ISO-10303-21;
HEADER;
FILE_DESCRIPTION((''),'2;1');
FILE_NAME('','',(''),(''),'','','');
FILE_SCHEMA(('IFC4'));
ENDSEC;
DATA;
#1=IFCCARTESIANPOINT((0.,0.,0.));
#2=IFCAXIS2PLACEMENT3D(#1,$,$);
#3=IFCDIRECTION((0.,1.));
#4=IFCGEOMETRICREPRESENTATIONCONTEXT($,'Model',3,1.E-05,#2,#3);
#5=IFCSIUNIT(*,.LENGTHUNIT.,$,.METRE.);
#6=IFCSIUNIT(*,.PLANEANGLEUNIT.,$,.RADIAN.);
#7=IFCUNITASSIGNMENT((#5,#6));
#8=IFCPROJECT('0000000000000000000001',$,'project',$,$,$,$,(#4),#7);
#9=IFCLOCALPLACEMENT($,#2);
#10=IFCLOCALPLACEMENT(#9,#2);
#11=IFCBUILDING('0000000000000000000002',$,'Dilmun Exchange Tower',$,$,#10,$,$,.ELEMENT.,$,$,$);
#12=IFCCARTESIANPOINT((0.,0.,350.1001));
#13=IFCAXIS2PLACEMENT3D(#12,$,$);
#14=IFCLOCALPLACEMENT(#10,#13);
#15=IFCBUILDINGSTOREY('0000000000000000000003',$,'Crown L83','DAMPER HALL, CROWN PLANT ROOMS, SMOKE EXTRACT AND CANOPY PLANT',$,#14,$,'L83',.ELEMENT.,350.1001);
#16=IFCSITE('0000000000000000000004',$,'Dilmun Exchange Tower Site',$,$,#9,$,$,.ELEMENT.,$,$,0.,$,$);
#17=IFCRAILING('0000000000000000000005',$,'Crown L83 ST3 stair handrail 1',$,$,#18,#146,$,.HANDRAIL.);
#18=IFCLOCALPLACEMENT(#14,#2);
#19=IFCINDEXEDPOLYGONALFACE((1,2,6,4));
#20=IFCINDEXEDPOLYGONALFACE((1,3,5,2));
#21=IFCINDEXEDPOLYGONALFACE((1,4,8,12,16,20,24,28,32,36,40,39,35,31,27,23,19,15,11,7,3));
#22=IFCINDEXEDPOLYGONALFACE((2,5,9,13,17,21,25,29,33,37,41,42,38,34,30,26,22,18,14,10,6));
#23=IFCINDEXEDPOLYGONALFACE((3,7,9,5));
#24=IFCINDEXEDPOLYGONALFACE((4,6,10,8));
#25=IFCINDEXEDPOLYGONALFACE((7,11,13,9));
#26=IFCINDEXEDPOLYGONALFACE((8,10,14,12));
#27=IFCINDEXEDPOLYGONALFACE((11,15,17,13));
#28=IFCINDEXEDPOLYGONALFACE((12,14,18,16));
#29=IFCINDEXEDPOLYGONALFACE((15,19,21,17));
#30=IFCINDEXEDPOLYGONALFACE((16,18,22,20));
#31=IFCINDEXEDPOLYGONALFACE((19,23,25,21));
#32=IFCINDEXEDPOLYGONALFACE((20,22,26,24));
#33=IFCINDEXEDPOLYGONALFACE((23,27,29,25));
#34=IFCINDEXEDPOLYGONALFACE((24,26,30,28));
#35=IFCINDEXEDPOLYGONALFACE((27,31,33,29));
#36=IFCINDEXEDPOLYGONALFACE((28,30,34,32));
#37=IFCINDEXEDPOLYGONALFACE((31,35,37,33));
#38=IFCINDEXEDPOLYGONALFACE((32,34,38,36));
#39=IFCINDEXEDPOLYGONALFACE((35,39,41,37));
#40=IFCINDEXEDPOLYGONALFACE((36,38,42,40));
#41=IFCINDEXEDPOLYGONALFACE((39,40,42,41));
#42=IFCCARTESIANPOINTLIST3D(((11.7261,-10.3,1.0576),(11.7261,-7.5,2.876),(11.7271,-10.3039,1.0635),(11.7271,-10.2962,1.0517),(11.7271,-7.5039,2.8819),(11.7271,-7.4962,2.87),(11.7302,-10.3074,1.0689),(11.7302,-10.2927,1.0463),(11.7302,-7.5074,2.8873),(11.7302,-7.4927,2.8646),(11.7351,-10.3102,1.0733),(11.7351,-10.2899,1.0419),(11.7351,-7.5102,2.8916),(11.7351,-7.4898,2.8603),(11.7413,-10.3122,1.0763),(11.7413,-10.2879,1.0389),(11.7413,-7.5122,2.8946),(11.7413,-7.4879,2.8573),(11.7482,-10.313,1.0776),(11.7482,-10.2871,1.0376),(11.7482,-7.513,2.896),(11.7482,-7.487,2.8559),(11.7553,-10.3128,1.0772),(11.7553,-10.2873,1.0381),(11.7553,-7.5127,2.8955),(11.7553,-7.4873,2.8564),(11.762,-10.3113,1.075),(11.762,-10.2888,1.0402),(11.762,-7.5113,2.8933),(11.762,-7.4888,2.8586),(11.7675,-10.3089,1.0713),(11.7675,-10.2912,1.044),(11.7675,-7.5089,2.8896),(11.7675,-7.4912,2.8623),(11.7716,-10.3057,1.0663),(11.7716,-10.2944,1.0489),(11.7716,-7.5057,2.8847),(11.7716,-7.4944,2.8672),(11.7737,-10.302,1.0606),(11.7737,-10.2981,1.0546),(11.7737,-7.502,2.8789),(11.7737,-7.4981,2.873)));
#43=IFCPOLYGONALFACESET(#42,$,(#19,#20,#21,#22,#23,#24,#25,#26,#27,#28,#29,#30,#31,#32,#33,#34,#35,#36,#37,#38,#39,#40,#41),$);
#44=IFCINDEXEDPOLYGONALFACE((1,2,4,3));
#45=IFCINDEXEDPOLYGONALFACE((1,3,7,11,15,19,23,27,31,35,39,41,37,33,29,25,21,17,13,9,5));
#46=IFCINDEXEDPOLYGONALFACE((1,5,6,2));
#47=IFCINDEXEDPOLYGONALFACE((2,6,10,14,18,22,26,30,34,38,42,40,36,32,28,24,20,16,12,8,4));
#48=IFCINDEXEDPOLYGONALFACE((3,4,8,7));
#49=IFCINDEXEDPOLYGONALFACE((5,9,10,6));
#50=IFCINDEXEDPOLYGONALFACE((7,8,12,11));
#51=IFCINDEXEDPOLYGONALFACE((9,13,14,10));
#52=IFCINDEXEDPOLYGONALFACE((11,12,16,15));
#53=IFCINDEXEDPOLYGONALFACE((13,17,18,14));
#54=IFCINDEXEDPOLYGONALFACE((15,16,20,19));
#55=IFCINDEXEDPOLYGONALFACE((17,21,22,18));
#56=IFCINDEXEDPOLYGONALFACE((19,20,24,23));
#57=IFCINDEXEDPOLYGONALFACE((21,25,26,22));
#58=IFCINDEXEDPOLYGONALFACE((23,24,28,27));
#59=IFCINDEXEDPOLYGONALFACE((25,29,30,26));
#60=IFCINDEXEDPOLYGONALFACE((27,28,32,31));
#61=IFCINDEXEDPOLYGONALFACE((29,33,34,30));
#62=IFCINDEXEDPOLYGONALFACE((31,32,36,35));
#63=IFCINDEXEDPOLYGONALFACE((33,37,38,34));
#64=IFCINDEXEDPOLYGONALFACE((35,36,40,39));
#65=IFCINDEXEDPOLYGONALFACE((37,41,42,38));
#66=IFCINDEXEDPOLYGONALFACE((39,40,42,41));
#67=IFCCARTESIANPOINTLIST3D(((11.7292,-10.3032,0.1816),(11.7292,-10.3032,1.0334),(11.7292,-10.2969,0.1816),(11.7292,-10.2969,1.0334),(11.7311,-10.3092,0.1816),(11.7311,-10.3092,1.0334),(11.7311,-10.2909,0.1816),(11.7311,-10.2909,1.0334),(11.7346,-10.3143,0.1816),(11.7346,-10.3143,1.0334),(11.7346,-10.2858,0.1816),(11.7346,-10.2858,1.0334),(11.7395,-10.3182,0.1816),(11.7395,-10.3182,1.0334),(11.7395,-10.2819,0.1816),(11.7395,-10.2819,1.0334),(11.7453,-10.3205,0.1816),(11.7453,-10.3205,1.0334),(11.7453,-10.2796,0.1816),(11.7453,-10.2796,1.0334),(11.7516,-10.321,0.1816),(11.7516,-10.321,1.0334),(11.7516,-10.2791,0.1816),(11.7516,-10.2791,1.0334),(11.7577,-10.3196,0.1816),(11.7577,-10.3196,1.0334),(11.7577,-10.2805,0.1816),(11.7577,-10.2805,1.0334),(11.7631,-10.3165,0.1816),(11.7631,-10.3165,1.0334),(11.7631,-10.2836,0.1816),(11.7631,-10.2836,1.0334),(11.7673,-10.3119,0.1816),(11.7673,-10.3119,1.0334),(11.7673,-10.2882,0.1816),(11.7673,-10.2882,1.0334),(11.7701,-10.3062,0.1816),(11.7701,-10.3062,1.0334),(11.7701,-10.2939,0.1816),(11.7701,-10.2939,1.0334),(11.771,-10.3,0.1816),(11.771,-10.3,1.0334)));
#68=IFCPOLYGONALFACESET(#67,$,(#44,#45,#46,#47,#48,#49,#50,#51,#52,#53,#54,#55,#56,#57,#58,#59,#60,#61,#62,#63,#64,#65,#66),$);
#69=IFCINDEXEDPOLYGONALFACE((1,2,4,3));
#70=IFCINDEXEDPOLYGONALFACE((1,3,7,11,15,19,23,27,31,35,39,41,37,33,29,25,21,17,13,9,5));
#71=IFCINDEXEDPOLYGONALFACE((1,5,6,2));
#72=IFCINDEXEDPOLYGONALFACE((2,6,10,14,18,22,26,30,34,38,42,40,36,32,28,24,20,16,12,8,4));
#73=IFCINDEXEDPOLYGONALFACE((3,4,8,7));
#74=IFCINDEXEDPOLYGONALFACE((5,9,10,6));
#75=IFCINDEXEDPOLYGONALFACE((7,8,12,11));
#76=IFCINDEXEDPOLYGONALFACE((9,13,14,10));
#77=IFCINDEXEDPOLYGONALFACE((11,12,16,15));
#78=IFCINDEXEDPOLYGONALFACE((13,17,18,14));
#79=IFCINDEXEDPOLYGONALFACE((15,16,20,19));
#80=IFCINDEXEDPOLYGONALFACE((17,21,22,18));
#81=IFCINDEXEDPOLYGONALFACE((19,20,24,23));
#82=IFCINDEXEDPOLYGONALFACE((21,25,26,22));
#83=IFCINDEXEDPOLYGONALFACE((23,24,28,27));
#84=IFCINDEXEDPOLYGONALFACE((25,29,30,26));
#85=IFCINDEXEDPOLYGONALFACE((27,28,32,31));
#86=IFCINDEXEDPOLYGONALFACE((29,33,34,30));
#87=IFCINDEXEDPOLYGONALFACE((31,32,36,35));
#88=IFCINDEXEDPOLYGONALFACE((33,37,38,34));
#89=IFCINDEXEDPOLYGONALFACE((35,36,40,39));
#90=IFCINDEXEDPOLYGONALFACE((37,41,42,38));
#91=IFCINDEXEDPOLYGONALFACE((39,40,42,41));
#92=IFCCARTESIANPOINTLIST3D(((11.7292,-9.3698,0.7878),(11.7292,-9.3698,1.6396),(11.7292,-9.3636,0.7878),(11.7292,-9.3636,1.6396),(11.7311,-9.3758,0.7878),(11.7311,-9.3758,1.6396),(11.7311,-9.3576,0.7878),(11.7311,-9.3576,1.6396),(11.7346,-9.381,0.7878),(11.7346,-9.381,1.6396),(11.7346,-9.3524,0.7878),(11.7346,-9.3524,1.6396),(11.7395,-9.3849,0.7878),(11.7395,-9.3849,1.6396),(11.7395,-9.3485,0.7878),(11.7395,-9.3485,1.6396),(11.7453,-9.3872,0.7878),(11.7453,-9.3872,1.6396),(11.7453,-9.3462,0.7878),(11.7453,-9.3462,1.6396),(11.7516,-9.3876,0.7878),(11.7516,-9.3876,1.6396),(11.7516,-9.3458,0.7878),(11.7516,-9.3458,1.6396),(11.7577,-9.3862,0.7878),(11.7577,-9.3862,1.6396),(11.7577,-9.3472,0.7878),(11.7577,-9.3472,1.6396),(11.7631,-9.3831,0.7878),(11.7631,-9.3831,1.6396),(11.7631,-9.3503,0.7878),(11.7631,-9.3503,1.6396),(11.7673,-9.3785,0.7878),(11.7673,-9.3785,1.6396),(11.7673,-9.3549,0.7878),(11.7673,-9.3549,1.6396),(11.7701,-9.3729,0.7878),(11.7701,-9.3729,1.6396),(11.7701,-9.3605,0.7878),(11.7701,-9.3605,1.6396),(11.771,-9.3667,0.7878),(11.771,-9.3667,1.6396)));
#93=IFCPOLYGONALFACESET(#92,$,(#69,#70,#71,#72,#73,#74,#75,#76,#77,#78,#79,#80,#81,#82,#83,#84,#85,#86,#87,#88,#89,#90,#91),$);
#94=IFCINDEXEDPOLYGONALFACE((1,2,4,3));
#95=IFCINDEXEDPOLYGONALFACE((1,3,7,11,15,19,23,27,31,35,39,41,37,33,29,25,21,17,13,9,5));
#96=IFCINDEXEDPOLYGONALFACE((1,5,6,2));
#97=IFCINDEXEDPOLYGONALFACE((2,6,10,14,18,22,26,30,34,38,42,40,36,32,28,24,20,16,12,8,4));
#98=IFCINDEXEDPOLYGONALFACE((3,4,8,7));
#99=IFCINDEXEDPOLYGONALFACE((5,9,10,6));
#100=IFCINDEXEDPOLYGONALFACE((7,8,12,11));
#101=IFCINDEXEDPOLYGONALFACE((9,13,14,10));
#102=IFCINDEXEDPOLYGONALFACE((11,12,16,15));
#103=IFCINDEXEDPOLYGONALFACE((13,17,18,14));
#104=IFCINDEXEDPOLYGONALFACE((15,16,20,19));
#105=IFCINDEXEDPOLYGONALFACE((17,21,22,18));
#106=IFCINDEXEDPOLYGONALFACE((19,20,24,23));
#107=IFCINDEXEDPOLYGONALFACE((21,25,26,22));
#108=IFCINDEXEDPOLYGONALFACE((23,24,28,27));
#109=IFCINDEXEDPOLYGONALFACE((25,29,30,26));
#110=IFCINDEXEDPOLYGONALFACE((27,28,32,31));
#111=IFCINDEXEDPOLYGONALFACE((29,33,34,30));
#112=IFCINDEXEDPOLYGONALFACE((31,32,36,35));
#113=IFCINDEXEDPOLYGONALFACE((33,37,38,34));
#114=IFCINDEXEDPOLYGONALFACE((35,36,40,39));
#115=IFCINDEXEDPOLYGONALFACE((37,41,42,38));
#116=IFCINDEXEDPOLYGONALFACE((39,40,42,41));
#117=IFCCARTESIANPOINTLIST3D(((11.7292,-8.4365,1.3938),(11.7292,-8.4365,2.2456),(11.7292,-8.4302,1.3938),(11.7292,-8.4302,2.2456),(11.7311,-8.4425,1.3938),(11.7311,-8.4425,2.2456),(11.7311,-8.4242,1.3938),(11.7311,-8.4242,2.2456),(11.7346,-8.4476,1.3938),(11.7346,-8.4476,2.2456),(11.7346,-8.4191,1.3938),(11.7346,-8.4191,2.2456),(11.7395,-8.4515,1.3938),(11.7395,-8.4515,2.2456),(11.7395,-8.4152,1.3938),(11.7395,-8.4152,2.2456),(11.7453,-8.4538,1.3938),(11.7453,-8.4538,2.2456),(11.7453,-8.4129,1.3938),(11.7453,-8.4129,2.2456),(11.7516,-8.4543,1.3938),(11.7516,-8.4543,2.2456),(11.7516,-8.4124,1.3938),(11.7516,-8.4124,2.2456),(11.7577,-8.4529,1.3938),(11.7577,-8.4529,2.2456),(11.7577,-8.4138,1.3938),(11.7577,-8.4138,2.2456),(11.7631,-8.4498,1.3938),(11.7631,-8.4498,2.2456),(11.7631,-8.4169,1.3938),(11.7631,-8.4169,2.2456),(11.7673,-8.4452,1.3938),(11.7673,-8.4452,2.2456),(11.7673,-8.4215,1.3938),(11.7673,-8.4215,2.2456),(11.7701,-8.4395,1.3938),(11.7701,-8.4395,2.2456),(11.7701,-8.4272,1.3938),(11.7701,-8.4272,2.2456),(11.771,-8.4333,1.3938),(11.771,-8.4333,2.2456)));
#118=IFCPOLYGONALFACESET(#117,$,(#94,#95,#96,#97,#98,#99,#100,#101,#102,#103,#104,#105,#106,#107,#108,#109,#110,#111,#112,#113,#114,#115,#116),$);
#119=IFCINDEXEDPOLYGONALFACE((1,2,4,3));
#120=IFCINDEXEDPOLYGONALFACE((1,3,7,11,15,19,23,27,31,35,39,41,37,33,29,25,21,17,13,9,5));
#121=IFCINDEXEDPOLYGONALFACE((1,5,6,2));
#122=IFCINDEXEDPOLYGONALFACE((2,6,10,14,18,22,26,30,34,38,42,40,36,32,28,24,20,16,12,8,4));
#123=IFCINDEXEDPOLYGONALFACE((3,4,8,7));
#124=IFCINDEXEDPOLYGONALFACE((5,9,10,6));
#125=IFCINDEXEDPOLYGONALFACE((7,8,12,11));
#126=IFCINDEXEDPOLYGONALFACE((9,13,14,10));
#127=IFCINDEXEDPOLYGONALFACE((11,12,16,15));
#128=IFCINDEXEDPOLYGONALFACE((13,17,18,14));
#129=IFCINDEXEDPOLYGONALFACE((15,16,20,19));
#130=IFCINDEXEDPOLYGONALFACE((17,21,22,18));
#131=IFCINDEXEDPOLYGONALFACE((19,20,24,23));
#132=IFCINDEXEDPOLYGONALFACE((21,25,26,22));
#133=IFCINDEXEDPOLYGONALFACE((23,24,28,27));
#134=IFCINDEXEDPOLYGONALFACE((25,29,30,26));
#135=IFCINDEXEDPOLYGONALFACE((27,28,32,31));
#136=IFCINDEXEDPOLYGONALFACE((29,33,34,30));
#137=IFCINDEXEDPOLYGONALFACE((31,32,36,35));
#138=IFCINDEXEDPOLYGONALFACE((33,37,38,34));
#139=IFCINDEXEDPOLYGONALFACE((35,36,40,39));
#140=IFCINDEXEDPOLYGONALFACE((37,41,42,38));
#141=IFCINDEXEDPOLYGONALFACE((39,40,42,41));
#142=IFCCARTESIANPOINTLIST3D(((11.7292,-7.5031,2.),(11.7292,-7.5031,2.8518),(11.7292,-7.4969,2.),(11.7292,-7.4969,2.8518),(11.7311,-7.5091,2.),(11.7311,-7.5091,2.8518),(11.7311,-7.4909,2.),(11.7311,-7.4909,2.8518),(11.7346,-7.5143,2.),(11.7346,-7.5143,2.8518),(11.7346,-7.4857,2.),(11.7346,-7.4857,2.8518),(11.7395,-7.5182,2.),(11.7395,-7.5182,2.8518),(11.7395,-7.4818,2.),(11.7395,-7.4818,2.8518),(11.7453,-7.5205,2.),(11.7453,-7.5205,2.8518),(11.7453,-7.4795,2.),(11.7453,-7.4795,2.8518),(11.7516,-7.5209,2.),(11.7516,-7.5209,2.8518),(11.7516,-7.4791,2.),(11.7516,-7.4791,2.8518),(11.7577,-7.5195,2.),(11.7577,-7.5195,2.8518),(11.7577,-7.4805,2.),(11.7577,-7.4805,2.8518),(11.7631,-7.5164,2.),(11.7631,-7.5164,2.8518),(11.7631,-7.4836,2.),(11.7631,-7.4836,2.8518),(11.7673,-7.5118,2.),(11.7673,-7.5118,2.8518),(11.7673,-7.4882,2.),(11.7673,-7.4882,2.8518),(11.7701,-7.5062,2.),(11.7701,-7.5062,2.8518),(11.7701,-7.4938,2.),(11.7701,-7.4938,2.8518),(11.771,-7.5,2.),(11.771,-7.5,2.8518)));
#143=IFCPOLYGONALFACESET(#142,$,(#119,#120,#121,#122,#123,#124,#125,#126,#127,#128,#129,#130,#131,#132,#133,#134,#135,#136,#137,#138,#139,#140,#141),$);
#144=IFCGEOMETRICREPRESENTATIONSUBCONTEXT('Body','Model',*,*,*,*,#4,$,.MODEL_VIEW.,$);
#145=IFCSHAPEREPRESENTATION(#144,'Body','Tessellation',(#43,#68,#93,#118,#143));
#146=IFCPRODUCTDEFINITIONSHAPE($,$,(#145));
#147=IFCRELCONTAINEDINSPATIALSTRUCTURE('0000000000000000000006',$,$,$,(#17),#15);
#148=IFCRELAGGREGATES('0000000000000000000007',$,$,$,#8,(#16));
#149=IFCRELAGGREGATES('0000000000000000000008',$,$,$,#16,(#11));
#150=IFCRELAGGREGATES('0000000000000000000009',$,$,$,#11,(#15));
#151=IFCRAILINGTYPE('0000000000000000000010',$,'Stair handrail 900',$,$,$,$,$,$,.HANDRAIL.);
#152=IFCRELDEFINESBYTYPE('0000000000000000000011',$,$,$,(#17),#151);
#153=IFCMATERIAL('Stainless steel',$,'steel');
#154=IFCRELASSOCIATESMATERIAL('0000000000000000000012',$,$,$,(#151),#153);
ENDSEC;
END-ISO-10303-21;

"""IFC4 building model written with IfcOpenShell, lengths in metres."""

from ifc_helpers import new_model, si_unit, direction, frame, origin, origin_2d, place, context, subcontext, project, spatial, circle, extrude, material, type_object, element, save


model = new_model("IFC4")

# Units and contexts
model_context = context("Model", 3, precision=1e-05, world=origin(), true_north=direction((0.0, 1.0)))
body_context = subcontext(model_context, "Body", "Model", "MODEL_VIEW")
ifc_project = project(units=[si_unit("LENGTHUNIT", "METRE"), si_unit("PLANEANGLEUNIT", "RADIAN")], contexts=[model_context])

# Site, building, storey
site_placement = place(None, origin())
site = spatial("IfcSite", under=ifc_project, at=site_placement, Name="Dilmun Exchange Tower Site", CompositionType="ELEMENT", RefElevation=0.0)
building_placement = place(site_placement, origin())
building = spatial("IfcBuilding", under=site, at=building_placement, Name="Dilmun Exchange Tower", CompositionType="ELEMENT")
storey_placement = place(building_placement, frame((0.0, 0.0, 350.1001)))
storey = spatial("IfcBuildingStorey", under=building, at=storey_placement, Name="Crown L83", Description="DAMPER HALL, CROWN PLANT ROOMS, SMOKE EXTRACT AND CANOPY PLANT", LongName="L83", CompositionType="ELEMENT", Elevation=350.1001)

# Railing
ifc_material_1 = material(Name="Stainless steel", Category="steel")
railing_type = type_object("IfcRailingType", Name="Stair handrail 900", PredefinedType="HANDRAIL", material=ifc_material_1)
railing_1_placement = place(storey_placement, frame((11.75, -10.3, 0.1816)))
element("IfcRailing", 1, at=railing_1_placement, inside=storey, type_object=railing_type, Name="Crown L83 ST3 stair handrail 1", PredefinedType="HANDRAIL", context=body_context, shape_type="SweptSolid", body=[
    extrude(circle(Radius=0.0239, at=origin_2d()), frame((0.0, 0.0, 0.876), z_axis=(0.0, 0.838672, 0.544636), x_axis=(-1.0, 0.0, 0.0)), (0.0, 0.0, 1.0), 3.3386),
    extrude(circle(Radius=0.021, at=origin_2d()), origin(), (0.0, 0.0, 1.0), 0.8518),
    extrude(circle(Radius=0.021, at=origin_2d()), frame((0.0, 0.9333, 0.6062)), (0.0, 0.0, 1.0), 0.8518),
    extrude(circle(Radius=0.021, at=origin_2d()), frame((0.0, 1.8667, 1.2122)), (0.0, 0.0, 1.0), 0.8518),
    extrude(circle(Radius=0.021, at=origin_2d()), frame((0.0, 2.8, 1.8184)), (0.0, 0.0, 1.0), 0.8518),
])

save(model, "model.ifc")
